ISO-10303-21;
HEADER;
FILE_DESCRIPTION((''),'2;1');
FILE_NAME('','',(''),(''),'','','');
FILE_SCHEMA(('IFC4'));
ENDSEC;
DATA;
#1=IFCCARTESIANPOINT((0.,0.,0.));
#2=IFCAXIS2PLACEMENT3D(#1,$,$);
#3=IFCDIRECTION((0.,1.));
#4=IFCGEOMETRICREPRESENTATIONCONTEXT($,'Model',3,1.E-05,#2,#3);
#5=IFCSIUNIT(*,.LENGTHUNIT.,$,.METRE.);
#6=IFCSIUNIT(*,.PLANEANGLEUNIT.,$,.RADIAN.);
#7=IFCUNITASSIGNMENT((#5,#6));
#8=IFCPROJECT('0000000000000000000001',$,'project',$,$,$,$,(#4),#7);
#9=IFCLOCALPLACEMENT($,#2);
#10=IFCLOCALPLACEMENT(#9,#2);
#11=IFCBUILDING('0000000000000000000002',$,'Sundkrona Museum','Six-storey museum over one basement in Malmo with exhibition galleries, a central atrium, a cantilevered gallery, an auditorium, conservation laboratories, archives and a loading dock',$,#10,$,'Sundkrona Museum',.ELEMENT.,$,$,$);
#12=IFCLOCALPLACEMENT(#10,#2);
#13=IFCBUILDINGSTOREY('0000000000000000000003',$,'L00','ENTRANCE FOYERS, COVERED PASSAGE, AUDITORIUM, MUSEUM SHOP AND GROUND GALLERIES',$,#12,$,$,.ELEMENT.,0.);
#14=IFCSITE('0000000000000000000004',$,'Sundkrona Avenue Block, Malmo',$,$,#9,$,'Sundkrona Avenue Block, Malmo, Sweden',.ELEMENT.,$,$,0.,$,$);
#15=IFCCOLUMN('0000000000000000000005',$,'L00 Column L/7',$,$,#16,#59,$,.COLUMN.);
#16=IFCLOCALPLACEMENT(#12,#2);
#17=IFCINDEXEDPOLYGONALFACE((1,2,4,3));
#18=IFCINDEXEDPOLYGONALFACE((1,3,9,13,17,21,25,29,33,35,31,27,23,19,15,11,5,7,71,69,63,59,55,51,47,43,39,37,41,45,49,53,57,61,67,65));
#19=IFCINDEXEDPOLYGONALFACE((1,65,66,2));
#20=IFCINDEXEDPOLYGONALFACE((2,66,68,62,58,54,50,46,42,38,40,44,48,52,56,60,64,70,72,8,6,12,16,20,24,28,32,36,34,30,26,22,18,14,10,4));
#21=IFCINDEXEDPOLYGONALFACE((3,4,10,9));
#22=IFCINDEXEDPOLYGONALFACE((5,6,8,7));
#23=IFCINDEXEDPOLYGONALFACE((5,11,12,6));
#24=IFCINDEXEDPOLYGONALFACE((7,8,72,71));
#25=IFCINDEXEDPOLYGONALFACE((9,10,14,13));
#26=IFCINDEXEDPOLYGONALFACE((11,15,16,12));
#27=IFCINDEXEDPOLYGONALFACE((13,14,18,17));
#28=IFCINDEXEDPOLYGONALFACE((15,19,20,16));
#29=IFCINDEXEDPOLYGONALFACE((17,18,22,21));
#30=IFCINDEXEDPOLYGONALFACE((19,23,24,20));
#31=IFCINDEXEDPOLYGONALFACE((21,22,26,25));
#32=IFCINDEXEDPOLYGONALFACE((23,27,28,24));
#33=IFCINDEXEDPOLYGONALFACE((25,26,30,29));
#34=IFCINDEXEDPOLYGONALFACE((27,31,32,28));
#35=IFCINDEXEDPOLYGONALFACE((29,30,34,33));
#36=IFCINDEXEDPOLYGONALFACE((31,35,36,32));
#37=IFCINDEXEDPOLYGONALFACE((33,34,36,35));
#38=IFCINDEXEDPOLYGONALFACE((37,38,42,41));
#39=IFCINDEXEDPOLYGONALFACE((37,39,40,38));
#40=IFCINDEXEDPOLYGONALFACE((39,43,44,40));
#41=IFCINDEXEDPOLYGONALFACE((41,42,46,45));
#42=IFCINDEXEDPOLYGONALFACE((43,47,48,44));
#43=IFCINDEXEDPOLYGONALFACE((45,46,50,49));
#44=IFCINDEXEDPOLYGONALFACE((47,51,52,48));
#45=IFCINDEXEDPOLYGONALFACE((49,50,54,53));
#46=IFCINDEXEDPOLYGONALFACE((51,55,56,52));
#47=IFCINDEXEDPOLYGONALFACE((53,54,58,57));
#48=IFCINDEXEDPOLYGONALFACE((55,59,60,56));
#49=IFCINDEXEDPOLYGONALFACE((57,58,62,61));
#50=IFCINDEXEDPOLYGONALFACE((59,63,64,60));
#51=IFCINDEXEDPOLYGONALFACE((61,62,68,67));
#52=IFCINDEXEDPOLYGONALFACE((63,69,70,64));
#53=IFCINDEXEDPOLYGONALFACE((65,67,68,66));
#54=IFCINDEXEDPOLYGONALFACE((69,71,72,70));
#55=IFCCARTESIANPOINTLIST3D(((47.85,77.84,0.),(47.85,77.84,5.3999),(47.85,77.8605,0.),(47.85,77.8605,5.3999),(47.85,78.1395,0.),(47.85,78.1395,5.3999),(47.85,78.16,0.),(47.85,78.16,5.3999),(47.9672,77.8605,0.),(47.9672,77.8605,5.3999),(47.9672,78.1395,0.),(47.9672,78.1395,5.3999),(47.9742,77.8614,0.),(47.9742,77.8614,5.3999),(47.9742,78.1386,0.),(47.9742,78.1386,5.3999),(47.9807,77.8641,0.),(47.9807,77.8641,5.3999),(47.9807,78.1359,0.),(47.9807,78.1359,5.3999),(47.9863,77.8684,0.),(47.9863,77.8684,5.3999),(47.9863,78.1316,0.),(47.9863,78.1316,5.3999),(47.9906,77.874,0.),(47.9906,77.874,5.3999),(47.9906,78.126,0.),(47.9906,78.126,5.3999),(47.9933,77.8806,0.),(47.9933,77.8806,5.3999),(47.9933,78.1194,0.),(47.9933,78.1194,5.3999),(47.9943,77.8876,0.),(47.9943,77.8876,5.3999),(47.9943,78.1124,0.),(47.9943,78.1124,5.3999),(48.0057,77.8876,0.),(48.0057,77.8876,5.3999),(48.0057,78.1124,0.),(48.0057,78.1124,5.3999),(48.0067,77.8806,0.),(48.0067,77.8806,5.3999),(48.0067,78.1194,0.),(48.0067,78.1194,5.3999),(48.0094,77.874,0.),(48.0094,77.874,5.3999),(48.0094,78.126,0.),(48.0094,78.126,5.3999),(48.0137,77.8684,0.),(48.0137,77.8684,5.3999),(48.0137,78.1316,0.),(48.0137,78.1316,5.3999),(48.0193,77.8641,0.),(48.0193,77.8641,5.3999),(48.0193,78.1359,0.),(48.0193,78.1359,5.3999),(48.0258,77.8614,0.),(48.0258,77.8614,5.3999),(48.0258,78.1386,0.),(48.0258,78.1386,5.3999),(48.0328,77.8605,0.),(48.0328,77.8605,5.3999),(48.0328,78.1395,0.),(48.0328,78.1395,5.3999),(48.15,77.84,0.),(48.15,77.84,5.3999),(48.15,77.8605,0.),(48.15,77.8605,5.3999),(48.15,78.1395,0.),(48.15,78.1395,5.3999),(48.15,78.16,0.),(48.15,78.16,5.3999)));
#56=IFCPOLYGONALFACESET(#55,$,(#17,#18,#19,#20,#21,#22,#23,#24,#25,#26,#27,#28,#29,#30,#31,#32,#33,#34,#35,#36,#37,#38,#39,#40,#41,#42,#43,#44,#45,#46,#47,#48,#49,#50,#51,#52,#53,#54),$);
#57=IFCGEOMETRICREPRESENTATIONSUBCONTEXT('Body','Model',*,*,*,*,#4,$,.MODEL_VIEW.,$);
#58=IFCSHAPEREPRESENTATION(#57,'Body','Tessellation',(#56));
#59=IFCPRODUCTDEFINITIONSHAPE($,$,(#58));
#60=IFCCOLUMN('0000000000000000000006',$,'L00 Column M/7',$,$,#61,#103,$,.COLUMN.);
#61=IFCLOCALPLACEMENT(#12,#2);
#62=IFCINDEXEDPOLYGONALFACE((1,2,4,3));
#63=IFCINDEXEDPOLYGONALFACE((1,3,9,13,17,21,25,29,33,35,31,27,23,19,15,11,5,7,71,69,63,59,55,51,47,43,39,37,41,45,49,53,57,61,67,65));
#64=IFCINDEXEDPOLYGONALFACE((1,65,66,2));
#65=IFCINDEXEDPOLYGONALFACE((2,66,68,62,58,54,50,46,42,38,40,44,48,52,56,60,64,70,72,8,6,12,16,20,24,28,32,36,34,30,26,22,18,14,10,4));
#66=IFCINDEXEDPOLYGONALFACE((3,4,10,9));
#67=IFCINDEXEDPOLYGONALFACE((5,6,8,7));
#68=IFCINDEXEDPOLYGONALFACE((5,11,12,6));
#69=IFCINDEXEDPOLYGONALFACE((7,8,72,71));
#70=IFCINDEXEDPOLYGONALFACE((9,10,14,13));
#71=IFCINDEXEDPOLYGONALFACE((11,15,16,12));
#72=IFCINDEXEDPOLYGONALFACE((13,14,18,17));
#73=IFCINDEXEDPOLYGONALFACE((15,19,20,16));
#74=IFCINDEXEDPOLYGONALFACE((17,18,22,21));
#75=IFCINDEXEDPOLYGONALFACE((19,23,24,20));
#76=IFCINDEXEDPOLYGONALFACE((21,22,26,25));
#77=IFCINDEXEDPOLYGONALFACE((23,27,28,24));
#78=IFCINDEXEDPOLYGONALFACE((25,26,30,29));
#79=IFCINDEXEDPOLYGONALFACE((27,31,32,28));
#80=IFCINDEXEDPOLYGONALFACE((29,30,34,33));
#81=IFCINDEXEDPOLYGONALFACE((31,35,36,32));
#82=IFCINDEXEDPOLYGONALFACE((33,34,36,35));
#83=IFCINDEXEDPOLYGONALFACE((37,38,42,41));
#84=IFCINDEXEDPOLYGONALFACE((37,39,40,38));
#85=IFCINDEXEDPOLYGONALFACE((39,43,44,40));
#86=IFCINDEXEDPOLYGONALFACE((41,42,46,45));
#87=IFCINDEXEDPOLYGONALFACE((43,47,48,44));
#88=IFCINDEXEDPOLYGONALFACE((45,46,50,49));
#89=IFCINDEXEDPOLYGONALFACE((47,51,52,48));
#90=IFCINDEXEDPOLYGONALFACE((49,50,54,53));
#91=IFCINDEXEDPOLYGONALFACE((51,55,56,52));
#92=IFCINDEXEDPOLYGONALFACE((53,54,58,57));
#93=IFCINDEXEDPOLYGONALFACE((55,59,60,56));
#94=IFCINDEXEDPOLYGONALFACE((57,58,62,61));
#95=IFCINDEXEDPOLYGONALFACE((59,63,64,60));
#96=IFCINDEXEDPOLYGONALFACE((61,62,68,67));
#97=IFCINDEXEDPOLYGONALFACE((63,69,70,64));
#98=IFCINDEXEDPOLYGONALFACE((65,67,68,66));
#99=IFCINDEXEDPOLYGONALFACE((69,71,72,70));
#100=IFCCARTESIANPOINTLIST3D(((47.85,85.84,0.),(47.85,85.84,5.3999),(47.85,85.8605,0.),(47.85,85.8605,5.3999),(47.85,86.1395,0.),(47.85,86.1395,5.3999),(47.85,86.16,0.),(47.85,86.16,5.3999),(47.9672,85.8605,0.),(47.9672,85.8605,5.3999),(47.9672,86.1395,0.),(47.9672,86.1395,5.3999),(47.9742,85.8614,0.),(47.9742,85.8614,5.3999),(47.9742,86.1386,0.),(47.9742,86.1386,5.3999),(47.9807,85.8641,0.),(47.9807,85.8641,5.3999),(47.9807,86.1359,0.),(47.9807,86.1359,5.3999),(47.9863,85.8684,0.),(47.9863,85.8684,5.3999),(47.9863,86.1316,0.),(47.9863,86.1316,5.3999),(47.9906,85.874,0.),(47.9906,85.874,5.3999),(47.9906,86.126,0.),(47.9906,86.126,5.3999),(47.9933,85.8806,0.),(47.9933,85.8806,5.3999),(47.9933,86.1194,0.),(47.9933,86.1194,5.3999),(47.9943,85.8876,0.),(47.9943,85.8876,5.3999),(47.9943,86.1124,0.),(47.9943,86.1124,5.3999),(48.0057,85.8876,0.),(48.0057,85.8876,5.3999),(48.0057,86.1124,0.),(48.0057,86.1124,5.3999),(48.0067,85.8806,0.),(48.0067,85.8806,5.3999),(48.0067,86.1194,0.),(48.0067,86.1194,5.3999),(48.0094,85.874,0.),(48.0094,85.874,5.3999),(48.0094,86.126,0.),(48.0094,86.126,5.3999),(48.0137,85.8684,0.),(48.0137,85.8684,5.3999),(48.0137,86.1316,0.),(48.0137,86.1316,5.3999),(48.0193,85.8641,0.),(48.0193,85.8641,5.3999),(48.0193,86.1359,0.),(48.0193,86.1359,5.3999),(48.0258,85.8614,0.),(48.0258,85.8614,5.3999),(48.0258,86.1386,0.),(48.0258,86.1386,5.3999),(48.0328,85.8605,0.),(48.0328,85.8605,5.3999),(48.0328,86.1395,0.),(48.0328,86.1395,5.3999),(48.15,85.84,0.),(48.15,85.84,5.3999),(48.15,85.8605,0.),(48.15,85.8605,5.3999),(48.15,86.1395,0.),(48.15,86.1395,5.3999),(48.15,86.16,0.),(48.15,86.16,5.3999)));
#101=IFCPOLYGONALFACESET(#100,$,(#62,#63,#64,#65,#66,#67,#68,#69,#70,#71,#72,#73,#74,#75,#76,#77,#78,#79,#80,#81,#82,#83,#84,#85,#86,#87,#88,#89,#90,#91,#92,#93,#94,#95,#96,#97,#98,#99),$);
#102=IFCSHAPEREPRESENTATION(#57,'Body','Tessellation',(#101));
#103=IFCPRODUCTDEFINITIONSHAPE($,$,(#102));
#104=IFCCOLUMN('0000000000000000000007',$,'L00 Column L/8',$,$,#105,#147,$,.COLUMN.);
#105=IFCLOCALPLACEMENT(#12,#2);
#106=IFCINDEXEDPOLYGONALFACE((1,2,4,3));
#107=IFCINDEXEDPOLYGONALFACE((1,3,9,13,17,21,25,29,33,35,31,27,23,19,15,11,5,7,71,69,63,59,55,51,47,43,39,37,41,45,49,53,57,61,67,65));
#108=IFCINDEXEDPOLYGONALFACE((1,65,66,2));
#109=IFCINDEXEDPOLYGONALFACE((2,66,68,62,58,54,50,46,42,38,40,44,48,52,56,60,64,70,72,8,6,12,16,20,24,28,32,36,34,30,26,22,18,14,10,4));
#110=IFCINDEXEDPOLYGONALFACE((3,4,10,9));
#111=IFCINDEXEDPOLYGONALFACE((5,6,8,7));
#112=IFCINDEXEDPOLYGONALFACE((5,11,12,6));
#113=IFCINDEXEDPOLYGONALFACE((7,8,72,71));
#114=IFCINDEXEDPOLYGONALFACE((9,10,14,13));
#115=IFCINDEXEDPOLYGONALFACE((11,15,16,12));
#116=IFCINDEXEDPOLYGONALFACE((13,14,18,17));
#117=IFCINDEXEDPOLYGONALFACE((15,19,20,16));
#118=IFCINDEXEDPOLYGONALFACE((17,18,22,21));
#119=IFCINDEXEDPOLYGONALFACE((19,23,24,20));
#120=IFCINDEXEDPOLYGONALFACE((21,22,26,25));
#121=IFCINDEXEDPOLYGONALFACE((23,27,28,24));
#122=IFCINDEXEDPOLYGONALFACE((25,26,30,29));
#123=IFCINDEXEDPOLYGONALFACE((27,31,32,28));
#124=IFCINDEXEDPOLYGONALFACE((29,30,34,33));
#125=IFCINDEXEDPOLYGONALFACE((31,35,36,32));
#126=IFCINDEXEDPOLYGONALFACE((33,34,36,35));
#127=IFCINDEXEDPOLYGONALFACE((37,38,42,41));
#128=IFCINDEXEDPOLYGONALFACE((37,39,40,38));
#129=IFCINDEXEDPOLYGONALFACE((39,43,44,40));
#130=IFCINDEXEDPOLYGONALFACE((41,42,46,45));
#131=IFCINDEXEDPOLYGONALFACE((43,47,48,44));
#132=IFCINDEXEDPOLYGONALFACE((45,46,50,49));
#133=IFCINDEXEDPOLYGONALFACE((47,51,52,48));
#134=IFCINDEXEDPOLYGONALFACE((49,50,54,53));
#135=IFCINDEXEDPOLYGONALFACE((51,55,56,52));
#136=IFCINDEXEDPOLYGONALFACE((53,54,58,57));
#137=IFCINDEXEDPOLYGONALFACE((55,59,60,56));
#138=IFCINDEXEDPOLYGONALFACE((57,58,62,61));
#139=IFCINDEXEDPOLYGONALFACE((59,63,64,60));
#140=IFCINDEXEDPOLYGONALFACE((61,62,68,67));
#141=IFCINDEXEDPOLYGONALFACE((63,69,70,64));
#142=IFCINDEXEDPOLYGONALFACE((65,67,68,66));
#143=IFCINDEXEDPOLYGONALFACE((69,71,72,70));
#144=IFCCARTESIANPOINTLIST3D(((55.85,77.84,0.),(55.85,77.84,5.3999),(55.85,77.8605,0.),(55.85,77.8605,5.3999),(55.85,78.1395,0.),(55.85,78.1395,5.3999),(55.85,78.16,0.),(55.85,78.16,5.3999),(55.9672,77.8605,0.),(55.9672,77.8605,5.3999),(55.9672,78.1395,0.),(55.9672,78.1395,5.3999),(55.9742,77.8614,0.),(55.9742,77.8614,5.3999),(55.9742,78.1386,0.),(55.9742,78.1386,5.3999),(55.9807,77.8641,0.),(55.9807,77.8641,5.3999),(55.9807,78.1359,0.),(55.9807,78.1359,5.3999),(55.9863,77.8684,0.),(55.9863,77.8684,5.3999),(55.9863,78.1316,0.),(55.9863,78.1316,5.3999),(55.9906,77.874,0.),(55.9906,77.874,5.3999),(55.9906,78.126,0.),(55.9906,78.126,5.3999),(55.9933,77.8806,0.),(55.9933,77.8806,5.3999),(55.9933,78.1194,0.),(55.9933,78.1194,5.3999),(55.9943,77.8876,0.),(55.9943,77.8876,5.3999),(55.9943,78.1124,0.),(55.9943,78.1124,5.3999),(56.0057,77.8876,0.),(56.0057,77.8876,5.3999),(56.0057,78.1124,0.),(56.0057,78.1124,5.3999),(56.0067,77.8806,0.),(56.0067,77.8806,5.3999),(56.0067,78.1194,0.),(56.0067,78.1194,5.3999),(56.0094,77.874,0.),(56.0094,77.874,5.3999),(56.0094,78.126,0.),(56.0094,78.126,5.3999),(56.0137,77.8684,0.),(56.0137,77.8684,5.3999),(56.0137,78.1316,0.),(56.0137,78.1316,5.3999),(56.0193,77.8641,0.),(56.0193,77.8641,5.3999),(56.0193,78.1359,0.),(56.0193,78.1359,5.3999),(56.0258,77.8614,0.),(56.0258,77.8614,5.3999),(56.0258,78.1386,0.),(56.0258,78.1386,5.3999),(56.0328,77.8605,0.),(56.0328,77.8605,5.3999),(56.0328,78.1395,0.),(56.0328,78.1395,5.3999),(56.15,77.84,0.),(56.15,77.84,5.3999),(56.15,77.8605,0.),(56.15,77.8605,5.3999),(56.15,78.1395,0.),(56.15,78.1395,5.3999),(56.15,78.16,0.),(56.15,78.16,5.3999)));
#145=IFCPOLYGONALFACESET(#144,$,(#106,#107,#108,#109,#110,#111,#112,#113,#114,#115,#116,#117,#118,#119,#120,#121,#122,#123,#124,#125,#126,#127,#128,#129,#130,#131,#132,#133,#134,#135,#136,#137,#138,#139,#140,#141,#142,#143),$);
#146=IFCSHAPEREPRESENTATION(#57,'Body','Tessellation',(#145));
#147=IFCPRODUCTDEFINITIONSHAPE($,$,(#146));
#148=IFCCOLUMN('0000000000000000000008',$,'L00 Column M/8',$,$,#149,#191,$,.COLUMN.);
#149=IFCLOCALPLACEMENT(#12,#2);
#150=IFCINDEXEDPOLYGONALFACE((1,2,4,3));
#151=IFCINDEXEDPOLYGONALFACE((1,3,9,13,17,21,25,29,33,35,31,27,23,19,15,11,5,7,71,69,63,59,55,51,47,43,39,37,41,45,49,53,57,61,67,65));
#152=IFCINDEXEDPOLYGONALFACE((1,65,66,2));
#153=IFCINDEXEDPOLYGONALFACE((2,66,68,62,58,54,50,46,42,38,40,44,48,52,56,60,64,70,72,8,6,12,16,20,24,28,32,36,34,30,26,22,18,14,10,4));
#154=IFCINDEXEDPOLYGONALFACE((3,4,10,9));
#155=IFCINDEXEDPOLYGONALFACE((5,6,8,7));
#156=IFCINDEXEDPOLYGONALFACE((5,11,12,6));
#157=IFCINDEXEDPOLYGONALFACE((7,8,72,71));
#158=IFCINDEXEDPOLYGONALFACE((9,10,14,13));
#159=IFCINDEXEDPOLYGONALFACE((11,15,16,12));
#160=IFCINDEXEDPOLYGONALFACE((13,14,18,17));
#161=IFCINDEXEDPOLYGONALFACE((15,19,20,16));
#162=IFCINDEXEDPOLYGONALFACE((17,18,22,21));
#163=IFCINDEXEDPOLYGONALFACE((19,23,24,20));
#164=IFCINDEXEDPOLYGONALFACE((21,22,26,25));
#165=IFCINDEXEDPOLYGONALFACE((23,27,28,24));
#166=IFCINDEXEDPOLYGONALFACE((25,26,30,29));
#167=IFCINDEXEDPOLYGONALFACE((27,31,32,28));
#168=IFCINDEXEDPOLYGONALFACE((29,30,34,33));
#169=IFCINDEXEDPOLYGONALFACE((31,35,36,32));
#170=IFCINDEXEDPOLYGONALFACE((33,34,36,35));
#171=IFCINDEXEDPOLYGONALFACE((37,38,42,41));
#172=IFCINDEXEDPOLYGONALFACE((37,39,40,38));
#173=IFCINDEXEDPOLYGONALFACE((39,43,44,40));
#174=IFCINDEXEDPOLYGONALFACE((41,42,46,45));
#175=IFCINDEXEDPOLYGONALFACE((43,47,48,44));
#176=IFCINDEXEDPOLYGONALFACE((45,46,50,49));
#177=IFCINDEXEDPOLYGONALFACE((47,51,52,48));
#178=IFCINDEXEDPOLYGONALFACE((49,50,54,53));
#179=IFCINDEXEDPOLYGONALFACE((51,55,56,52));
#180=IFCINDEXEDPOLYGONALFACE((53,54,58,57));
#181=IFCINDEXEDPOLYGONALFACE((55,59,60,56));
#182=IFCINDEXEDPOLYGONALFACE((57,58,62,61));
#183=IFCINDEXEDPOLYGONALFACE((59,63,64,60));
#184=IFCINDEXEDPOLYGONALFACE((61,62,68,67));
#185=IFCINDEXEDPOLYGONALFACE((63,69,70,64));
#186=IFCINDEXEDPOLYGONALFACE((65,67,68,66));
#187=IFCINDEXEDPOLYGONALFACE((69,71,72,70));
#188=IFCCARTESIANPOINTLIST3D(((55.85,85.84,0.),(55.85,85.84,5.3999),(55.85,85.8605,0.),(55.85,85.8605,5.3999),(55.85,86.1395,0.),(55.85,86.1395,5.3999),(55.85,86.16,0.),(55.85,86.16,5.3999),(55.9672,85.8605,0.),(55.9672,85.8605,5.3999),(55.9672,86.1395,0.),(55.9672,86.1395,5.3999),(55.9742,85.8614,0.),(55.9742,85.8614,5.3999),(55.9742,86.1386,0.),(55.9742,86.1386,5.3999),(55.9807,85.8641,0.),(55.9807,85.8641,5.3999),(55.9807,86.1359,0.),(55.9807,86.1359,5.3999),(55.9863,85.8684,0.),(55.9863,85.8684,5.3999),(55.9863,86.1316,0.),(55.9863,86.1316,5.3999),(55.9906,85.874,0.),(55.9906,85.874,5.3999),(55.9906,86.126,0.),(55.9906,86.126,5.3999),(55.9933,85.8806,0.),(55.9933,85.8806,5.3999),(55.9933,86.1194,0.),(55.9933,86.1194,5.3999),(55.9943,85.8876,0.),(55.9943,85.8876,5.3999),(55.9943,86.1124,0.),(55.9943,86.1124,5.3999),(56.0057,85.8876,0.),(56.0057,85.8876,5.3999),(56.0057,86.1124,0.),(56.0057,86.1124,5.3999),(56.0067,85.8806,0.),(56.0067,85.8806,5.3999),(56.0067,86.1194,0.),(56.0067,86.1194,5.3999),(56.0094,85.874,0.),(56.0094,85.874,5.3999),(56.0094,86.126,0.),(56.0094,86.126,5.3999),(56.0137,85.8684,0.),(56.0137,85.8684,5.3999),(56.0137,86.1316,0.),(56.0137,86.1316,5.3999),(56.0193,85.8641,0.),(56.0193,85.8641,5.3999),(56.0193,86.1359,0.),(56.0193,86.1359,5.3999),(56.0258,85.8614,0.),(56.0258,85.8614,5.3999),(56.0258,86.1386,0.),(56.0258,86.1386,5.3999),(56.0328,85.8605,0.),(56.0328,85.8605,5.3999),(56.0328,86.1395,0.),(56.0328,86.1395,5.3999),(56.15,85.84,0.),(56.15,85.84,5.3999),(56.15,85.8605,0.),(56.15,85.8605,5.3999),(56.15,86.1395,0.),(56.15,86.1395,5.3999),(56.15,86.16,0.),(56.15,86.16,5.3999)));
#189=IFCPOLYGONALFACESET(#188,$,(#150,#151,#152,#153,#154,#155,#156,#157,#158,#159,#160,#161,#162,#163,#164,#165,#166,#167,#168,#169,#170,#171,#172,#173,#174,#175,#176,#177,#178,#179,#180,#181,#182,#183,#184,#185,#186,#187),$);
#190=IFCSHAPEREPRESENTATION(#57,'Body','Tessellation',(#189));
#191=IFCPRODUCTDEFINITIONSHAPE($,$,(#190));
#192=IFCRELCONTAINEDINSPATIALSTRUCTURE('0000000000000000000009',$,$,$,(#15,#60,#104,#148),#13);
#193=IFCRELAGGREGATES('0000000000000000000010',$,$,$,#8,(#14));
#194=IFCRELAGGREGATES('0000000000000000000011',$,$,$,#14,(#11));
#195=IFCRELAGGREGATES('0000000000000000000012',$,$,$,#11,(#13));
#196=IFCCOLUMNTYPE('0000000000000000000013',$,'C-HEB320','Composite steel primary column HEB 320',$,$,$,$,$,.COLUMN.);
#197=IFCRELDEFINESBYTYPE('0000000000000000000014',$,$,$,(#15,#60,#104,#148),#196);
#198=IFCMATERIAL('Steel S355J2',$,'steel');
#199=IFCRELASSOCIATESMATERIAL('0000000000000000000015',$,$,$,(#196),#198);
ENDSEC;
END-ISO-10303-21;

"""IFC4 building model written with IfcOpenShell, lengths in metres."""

from ifc_helpers import new_model, si_unit, direction, frame, origin, origin_2d, place, context, subcontext, project, spatial, i_section, extrude, material, material_profile, profile_set, type_object, element, save


model = new_model("IFC4")

# Units and contexts
model_context = context("Model", 3, precision=1e-05, world=origin(), true_north=direction((0.0, 1.0)))
body_context = subcontext(model_context, "Body", "Model", "MODEL_VIEW")
ifc_project = project(units=[si_unit("LENGTHUNIT", "METRE"), si_unit("PLANEANGLEUNIT", "RADIAN")], contexts=[model_context])

# Site, building, storey
site_placement = place(None, origin())
site = spatial("IfcSite", under=ifc_project, at=site_placement, Name="Sundkrona Avenue Block, Malmo", LongName="Sundkrona Avenue Block, Malmo, Sweden", CompositionType="ELEMENT", RefElevation=0.0)
building_placement = place(site_placement, origin())
building = spatial("IfcBuilding", under=site, at=building_placement, Name="Sundkrona Museum", Description="Six-storey museum over one basement in Malmo with exhibition galleries, a central atrium, a cantilevered gallery, an auditorium, conservation laboratories, archives and a loading dock", LongName="Sundkrona Museum", CompositionType="ELEMENT")
storey_placement = place(building_placement, origin())
storey = spatial("IfcBuildingStorey", under=building, at=storey_placement, Name="L00", Description="ENTRANCE FOYERS, COVERED PASSAGE, AUDITORIUM, MUSEUM SHOP AND GROUND GALLERIES", CompositionType="ELEMENT", Elevation=0.0)

# Columns
ifc_material_1 = material(Name="Steel S355J2", Category="steel")
ifc_material_profile_1 = material_profile(ifc_material_1, i_section(OverallWidth=0.3, OverallDepth=0.3201, WebThickness=0.0115, FlangeThickness=0.0205, FilletRadius=0.0271, at=origin_2d()), Name="HEB 320")
ifc_profile_set_1 = profile_set([ifc_material_profile_1], Name="Steel S355J2")
column_type = type_object("IfcColumnType", Name="C-HEB320", Description="Composite steel primary column HEB 320", PredefinedType="COLUMN", material=ifc_profile_set_1)
for number, where, z_axis, x_axis, name in (
    (1, (48.0, 78.0, 0.0), (0.0, 0.0, 1.0), (1.0, 0.0, 0.0), "L00 Column L/7"),
    (2, (48.0, 86.0, 0.0), (0.0, 0.0, 1.0), (1.0, 0.0, 0.0), "L00 Column M/7"),
    (3, (56.0, 78.0, 0.0), (0.0, 0.0, 1.0), (1.0, 0.0, 0.0), "L00 Column L/8"),
    (4, (56.0, 86.0, 0.0), (0.0, 0.0, 1.0), (1.0, 0.0, 0.0), "L00 Column M/8"),
):
    element("IfcColumn", number, at=place(storey_placement, frame(where, z_axis=z_axis, x_axis=x_axis)), inside=storey, type_object=column_type, Name=name, PredefinedType="COLUMN", context=body_context, shape_type="SweptSolid", body=[
        extrude(i_section(OverallWidth=0.3, OverallDepth=0.3201, WebThickness=0.0115, FlangeThickness=0.0205, FilletRadius=0.0271, at=origin_2d()), origin(), (0.0, 0.0, 1.0), 5.3999),
    ])

save(model, "model.ifc")
